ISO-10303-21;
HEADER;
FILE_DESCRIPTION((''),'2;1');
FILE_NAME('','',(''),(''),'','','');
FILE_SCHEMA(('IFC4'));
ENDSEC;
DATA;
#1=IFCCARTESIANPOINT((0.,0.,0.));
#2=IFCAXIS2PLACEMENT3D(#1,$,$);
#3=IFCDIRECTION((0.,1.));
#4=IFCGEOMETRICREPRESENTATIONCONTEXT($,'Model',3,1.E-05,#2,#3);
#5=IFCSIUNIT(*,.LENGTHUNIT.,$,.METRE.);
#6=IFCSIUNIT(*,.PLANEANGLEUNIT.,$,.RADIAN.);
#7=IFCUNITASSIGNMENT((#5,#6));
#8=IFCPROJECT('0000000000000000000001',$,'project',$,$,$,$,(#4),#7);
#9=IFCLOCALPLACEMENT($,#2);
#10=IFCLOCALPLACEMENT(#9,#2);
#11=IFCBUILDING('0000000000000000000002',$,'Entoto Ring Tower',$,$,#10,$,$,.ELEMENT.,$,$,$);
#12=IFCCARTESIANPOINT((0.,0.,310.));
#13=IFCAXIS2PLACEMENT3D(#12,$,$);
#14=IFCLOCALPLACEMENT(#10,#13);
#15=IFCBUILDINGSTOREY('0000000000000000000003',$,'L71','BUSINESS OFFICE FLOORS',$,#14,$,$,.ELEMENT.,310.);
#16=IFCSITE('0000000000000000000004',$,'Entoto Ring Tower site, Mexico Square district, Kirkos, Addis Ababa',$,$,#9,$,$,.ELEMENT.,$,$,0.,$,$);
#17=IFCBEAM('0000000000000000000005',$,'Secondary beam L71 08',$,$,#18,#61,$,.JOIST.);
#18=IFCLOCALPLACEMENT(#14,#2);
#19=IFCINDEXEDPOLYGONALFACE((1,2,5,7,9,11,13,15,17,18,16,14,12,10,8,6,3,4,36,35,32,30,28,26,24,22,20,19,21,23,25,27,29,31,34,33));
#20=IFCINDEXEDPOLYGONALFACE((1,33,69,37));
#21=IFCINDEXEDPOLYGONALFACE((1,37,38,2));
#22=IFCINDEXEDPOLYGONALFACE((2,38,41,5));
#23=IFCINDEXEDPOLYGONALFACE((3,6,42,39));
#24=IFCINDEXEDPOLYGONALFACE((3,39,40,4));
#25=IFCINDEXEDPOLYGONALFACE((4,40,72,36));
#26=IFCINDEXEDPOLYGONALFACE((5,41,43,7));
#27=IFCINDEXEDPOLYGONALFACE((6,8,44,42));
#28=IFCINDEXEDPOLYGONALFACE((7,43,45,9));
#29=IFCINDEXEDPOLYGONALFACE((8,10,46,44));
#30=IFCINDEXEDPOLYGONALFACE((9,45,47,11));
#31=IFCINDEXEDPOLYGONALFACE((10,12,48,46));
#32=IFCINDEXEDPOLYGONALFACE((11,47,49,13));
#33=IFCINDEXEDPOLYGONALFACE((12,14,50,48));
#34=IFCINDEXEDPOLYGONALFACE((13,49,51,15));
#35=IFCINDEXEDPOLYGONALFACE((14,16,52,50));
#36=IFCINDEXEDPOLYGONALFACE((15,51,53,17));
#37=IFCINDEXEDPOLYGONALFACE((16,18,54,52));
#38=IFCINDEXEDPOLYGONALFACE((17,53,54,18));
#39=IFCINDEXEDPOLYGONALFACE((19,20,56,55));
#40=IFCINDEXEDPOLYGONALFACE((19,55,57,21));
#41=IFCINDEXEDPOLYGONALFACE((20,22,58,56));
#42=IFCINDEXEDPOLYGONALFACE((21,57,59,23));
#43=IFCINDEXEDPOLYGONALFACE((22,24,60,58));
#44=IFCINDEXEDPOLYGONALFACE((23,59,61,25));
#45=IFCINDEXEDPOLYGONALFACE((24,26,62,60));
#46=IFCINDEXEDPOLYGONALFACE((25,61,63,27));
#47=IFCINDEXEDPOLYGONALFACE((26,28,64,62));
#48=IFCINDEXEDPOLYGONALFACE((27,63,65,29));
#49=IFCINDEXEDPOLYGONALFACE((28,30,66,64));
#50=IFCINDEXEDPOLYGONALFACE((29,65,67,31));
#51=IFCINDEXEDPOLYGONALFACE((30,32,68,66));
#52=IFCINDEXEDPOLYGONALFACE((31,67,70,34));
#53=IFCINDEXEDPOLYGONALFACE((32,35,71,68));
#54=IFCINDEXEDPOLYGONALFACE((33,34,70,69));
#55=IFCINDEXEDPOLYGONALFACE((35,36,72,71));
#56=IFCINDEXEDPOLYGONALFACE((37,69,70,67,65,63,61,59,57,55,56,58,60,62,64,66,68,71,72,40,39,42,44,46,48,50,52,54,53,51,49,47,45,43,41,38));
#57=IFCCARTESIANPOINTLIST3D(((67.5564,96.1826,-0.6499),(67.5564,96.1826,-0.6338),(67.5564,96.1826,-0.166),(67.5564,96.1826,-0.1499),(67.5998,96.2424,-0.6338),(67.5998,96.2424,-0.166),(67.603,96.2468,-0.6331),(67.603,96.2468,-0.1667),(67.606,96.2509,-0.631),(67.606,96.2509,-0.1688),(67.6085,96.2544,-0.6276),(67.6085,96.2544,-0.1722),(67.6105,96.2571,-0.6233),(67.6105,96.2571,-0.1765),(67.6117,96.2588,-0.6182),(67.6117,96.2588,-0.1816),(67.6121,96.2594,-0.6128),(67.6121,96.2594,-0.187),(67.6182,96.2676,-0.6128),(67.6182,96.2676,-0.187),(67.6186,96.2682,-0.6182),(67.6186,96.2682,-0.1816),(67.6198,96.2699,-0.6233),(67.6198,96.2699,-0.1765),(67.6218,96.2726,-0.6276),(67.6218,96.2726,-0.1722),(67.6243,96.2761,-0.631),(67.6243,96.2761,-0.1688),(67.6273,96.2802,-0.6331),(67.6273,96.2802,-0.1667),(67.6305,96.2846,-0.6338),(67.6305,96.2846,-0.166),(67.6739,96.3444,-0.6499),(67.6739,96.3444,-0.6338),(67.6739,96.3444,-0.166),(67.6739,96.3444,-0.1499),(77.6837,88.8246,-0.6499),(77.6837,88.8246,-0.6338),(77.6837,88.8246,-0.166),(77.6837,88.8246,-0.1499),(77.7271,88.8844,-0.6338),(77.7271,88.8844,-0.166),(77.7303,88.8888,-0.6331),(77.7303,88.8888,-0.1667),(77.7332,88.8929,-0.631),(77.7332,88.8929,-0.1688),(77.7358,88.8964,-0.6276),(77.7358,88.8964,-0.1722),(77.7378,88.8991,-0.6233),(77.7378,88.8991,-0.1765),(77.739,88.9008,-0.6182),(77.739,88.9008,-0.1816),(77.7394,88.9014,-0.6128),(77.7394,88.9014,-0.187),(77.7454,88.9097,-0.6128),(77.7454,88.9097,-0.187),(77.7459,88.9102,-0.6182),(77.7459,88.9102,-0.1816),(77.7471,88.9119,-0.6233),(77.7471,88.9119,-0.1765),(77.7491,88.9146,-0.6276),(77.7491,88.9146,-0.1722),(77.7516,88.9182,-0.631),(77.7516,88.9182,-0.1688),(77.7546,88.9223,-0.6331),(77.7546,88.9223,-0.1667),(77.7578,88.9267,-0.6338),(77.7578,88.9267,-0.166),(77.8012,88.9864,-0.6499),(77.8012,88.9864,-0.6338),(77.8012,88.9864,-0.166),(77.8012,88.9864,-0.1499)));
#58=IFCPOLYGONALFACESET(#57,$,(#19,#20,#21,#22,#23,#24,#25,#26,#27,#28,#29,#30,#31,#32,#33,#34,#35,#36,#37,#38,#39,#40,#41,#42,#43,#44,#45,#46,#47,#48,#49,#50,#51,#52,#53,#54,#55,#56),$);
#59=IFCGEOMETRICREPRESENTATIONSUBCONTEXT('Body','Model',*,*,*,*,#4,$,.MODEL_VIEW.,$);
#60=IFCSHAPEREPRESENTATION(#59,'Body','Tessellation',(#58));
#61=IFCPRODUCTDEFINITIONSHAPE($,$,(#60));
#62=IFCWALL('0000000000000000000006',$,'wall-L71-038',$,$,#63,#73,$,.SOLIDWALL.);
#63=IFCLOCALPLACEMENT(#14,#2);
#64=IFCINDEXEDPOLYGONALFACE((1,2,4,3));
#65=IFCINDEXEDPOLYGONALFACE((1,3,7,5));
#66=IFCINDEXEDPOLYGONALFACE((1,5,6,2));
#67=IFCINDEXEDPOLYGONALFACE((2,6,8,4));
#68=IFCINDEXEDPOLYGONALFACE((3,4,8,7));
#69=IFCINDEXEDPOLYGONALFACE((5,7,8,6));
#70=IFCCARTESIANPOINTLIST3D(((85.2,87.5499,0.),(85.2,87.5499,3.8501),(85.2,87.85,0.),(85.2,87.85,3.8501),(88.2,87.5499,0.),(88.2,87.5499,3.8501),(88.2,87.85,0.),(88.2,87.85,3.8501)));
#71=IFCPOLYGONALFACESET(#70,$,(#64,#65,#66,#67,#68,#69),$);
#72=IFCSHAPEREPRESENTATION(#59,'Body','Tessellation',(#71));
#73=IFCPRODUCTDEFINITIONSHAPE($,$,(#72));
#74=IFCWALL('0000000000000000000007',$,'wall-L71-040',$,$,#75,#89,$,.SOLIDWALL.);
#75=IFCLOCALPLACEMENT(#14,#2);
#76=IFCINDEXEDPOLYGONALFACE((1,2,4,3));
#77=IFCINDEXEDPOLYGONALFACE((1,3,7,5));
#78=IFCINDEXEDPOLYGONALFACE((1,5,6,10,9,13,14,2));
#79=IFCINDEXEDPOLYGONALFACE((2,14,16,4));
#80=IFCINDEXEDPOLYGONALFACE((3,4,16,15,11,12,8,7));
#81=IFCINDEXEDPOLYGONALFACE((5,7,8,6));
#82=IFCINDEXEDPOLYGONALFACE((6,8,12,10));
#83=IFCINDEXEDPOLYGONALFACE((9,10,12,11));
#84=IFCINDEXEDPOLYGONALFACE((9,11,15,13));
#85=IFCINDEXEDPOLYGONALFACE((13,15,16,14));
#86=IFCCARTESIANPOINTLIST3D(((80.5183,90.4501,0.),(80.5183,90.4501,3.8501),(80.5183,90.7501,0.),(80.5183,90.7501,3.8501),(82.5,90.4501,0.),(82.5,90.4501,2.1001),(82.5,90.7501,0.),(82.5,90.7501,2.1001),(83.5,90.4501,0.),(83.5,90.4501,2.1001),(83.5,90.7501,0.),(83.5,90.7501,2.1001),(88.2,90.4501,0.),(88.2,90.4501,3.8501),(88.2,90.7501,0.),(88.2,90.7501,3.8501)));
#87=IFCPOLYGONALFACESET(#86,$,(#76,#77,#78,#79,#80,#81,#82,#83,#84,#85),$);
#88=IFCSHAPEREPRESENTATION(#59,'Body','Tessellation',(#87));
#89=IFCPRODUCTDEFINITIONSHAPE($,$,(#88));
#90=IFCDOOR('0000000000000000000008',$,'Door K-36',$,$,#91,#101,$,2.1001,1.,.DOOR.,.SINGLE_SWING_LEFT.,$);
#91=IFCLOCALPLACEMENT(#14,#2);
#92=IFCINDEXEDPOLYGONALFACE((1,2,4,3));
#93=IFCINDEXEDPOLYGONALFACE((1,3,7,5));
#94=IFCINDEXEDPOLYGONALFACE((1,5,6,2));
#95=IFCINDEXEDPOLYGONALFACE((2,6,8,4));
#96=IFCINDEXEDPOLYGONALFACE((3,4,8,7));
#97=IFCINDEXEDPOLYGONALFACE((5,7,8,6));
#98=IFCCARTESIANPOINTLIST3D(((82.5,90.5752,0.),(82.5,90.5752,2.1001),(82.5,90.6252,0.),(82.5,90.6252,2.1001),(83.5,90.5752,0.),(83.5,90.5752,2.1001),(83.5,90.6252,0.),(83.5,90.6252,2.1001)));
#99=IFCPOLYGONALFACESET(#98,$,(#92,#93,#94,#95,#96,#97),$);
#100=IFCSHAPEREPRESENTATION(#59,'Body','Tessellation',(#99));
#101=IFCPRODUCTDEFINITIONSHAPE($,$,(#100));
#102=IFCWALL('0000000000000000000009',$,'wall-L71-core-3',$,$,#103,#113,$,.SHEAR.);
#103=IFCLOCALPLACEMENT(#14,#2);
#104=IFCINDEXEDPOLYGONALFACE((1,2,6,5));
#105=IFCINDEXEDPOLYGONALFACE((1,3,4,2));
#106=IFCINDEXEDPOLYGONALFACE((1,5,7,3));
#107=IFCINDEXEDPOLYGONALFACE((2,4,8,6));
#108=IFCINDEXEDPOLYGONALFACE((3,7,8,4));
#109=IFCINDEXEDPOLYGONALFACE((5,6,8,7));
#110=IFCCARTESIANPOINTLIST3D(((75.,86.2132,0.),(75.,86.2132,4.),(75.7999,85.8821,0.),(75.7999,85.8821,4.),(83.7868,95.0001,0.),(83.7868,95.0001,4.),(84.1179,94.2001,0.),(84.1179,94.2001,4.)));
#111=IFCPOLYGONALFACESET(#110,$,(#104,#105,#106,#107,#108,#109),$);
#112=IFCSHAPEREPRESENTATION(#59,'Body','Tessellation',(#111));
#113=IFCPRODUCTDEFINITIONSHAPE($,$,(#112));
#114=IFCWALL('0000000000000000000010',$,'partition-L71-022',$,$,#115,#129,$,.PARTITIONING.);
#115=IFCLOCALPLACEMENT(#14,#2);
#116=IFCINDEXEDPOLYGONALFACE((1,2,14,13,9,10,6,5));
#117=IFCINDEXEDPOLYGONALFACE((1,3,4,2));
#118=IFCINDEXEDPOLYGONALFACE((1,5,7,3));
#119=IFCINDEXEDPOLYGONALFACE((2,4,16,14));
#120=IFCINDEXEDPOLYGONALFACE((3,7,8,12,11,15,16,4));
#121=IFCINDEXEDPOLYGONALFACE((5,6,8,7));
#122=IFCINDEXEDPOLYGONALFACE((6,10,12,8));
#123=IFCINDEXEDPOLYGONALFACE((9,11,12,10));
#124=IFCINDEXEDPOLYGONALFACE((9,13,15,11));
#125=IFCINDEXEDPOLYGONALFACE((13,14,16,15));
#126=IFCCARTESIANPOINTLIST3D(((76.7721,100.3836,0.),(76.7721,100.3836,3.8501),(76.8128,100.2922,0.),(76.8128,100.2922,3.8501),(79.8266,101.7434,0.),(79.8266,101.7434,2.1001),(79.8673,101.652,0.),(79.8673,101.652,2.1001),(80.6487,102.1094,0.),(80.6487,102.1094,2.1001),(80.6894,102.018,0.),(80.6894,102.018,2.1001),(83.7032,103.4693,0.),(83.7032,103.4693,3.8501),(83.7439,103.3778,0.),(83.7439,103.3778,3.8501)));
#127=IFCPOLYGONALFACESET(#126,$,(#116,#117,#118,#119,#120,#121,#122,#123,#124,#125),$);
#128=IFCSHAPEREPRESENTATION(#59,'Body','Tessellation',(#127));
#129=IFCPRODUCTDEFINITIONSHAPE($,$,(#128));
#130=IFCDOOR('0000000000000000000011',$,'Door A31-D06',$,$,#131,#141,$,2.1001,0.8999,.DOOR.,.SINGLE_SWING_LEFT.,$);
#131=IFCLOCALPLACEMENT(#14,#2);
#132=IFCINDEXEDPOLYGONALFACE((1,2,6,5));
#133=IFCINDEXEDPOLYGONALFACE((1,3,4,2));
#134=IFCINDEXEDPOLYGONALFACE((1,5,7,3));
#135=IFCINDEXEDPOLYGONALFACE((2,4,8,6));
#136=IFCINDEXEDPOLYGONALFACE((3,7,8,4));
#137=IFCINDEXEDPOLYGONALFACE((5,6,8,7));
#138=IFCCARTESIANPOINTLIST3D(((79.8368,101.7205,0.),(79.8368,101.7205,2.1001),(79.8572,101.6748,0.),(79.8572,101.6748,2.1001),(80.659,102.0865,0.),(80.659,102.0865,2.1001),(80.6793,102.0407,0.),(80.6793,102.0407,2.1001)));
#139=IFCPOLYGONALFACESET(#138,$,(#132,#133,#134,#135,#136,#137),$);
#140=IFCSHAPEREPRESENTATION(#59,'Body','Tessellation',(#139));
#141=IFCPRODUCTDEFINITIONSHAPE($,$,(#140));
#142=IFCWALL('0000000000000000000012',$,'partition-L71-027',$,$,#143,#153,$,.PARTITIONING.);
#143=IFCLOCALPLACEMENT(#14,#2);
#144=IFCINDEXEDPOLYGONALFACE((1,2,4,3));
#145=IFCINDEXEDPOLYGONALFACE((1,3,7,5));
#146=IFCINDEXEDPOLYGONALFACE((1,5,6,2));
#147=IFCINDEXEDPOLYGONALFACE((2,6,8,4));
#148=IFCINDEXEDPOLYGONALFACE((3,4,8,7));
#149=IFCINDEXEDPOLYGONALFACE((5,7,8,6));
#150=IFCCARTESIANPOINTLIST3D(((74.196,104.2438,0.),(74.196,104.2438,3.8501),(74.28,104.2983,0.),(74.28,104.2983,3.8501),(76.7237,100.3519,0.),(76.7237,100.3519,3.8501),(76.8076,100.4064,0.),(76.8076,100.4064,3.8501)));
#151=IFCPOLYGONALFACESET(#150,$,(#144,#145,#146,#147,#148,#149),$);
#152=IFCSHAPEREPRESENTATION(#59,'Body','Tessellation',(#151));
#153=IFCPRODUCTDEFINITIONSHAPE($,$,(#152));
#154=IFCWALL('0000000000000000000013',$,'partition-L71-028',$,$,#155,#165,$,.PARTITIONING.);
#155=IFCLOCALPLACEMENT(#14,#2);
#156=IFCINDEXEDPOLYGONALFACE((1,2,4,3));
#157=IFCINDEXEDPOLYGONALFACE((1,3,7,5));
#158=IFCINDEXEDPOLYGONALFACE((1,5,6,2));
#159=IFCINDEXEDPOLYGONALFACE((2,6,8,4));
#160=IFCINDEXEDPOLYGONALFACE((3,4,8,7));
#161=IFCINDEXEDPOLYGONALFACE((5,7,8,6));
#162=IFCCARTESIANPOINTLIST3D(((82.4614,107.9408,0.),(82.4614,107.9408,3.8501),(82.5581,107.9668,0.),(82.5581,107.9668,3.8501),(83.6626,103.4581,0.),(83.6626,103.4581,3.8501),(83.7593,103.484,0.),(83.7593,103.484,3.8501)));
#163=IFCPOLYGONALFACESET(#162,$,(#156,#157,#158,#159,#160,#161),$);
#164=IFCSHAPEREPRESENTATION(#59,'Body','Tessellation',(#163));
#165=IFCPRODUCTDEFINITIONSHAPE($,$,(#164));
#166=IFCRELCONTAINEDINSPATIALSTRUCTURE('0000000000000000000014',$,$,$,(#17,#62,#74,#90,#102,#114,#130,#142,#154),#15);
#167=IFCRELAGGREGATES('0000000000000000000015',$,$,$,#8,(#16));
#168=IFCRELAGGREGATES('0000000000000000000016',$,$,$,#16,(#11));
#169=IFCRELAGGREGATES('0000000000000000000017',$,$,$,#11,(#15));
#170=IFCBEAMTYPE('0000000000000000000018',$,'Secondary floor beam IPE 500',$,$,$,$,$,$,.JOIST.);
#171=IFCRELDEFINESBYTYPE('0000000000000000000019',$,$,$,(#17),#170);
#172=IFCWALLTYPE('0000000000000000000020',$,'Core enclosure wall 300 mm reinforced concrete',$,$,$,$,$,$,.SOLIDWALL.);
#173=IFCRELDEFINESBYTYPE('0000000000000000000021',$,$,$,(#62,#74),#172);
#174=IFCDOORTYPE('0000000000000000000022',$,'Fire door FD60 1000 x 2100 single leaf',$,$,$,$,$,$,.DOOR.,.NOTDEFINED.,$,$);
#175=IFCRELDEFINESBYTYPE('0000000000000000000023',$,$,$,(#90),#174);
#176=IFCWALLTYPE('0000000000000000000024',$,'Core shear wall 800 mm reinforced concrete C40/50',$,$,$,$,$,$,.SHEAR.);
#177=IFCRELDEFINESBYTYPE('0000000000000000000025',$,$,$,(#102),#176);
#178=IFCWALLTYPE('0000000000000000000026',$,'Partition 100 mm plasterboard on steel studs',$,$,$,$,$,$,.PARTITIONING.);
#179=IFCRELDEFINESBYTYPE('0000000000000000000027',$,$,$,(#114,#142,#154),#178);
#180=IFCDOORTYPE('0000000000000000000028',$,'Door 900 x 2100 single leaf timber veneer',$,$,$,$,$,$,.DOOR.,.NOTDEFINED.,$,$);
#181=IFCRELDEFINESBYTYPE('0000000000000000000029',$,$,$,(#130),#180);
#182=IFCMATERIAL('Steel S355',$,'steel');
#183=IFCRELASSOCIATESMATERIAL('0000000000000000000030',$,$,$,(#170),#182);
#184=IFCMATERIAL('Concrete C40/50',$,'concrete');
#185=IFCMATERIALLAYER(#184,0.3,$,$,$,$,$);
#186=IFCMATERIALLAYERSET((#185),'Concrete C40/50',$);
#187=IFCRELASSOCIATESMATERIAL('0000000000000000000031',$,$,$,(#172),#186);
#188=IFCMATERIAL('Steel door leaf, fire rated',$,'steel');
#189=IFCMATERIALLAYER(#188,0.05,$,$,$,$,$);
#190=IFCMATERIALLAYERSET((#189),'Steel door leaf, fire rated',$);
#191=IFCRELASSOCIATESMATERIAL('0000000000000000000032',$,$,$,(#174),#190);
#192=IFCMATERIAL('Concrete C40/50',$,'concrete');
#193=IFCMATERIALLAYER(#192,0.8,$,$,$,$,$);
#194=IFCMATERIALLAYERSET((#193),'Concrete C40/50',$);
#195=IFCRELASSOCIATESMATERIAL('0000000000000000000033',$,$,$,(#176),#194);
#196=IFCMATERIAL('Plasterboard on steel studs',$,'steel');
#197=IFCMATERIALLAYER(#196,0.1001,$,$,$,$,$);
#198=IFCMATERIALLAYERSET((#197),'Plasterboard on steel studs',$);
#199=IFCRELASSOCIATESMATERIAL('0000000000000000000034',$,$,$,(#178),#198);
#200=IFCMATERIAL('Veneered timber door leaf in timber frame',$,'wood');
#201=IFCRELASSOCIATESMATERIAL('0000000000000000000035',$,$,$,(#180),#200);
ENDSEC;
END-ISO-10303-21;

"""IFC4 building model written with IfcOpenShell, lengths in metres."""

from ifc_helpers import new_model, si_unit, direction, frame, frame_2d, origin, origin_2d, place, context, subcontext, project, spatial, polyline, rectangle, i_section, outline, extrude, material, layer, layer_set, material_profile, profile_set, type_object, element, fill, save


model = new_model("IFC4")

# Units and contexts
model_context = context("Model", 3, precision=1e-05, world=origin(), true_north=direction((0.0, 1.0)))
body_context = subcontext(model_context, "Body", "Model", "MODEL_VIEW")
ifc_project = project(units=[si_unit("LENGTHUNIT", "METRE"), si_unit("PLANEANGLEUNIT", "RADIAN")], contexts=[model_context])

# Site, building, storey
site_placement = place(None, origin())
site = spatial("IfcSite", under=ifc_project, at=site_placement, Name="Entoto Ring Tower site, Mexico Square district, Kirkos, Addis Ababa", CompositionType="ELEMENT", RefElevation=0.0)
building_placement = place(site_placement, origin())
building = spatial("IfcBuilding", under=site, at=building_placement, Name="Entoto Ring Tower", CompositionType="ELEMENT")
storey_placement = place(building_placement, frame((0.0, 0.0, 310.0)))
storey = spatial("IfcBuildingStorey", under=building, at=storey_placement, Name="L71", Description="BUSINESS OFFICE FLOORS", CompositionType="ELEMENT", Elevation=310.0)

# Beam
ifc_material_1 = material(Name="Steel S355", Category="steel")
ifc_material_profile_1 = material_profile(ifc_material_1, i_section(OverallWidth=0.2, OverallDepth=0.5, WebThickness=0.0103, FlangeThickness=0.0161, FilletRadius=0.021, at=origin_2d()), Name="IPE 500")
ifc_profile_set_1 = profile_set([ifc_material_profile_1], Name="Steel S355")
beam_type_1 = type_object("IfcBeamType", Name="Secondary floor beam IPE 500", PredefinedType="JOIST", material=ifc_profile_set_1)
for number, where, z_axis, x_axis, name in (
    (1, (77.7424, 88.9055, -0.3999), (-0.809014, 0.587789, 0.0), (-0.587789, -0.809014, 0.0), "Secondary beam L71 08"),
):
    element("IfcBeam", number, at=place(storey_placement, frame(where, z_axis=z_axis, x_axis=x_axis)), inside=storey, type_object=beam_type_1, Name=name, PredefinedType="JOIST", context=body_context, shape_type="SweptSolid", body=[
        extrude(i_section(OverallWidth=0.2, OverallDepth=0.5, WebThickness=0.0103, FlangeThickness=0.0161, FilletRadius=0.021, at=origin_2d()), origin(), (0.0, 0.0, 1.0), 12.5181),
    ])

# Wall
ifc_material_2 = material(Name="Concrete C40/50", Category="concrete")
ifc_layer_1 = layer(ifc_material_2, 0.3)
ifc_layer_set_1 = layer_set([ifc_layer_1], Name="Concrete C40/50")
wall_type_1 = type_object("IfcWallType", Name="Core enclosure wall 300 mm reinforced concrete", PredefinedType="SOLIDWALL", material=ifc_layer_set_1)
wall_1_placement = place(storey_placement, frame((85.2, 87.7, 0.0), z_axis=(0.0, 0.0, 1.0), x_axis=(1.0, 0.0, 0.0)))
element("IfcWall", 2, at=wall_1_placement, inside=storey, type_object=wall_type_1, Name="wall-L71-038", PredefinedType="SOLIDWALL", context=body_context, shape_type="SweptSolid", body=[
    extrude(rectangle(XDim=3.0, YDim=0.3, at=frame_2d((1.5, 0.0))), origin(), (0.0, 0.0, 1.0), 3.8501),
])

# Wall, opening, door
wall_2_placement = place(storey_placement, frame((80.5183, 90.6001, 0.0), z_axis=(0.0, 0.0, 1.0), x_axis=(1.0, 0.0, 0.0)))
wall_2 = element("IfcWall", 3, at=wall_2_placement, inside=storey, type_object=wall_type_1, Name="wall-L71-040", PredefinedType="SOLIDWALL", context=body_context, shape_type="SweptSolid", body=[
    extrude(rectangle(XDim=7.6816, YDim=0.3, at=frame_2d((3.8408, 0.0))), origin(), (0.0, 0.0, 1.0), 3.8501),
])
opening_1_placement = place(wall_2_placement, frame((1.9817, 0.0, 0.0)))
opening_1 = element("IfcOpeningElement", 4, at=opening_1_placement, cuts=wall_2, PredefinedType="OPENING", context=body_context, shape_type="SweptSolid", body=[
    extrude(rectangle(XDim=1.0, YDim=2.1001, at=frame_2d((0.5, 1.05))), frame((0.0, 0.1602, 0.0), z_axis=(0.0, -1.0, 0.0), x_axis=(1.0, 0.0, 0.0)), (0.0, 0.0, 1.0), 0.3201),
])
ifc_material_3 = material(Name="Steel door leaf, fire rated", Category="steel")
ifc_layer_2 = layer(ifc_material_3, 0.05)
ifc_layer_set_2 = layer_set([ifc_layer_2], Name="Steel door leaf, fire rated")
door_type_1 = type_object("IfcDoorType", Name="Fire door FD60 1000 x 2100 single leaf", OperationType="NOTDEFINED", PredefinedType="DOOR", material=ifc_layer_set_2)
door_1_placement = place(opening_1_placement, frame((1.0, 0.0, 0.0), z_axis=(0.0, 0.0, 1.0), x_axis=(-1.0, 0.0, 0.0)))
door_1 = element("IfcDoor", 5, at=door_1_placement, inside=storey, type_object=door_type_1, Name="Door K-36", OperationType="SINGLE_SWING_LEFT", OverallHeight=2.1001, OverallWidth=1.0, PredefinedType="DOOR", context=body_context, shape_type="SweptSolid", body=[
    extrude(rectangle(XDim=1.0, YDim=2.1001, at=frame_2d((0.5, 1.05))), frame((0.0, 0.0249, 0.0), z_axis=(0.0, -1.0, 0.0), x_axis=(1.0, 0.0, 0.0)), (0.0, 0.0, 1.0), 0.05),
])
fill(opening_1, door_1)

# Wall
ifc_material_4 = material(Name="Concrete C40/50", Category="concrete")
ifc_layer_3 = layer(ifc_material_4, 0.8)
ifc_layer_set_3 = layer_set([ifc_layer_3], Name="Concrete C40/50")
wall_type_2 = type_object("IfcWallType", Name="Core shear wall 800 mm reinforced concrete C40/50", PredefinedType="SHEAR", material=ifc_layer_set_3)
wall_3_placement = place(storey_placement, frame((83.9524, 94.6001, 0.0), z_axis=(0.0, 0.0, 1.0), x_axis=(-0.707107, -0.707107, 0.0)))
element("IfcWall", 6, at=wall_3_placement, inside=storey, type_object=wall_type_2, Name="wall-L71-core-3", PredefinedType="SHEAR", context=body_context, shape_type="SweptSolid", body=[
    extrude(outline(polyline([(-0.1658, -0.3999), (12.2607, -0.3999), (11.9292, 0.3999), (0.1658, 0.3999), (-0.1658, -0.3999)])), origin(), (0.0, 0.0, 1.0), 4.0),
])

# Wall, opening, door
ifc_material_5 = material(Name="Plasterboard on steel studs", Category="steel")
ifc_layer_4 = layer(ifc_material_5, 0.1001)
ifc_layer_set_4 = layer_set([ifc_layer_4], Name="Plasterboard on steel studs")
wall_type_3 = type_object("IfcWallType", Name="Partition 100 mm plasterboard on steel studs", PredefinedType="PARTITIONING", material=ifc_layer_set_4)
wall_4_placement = place(storey_placement, frame((76.7925, 100.3379, 0.0), z_axis=(0.0, 0.0, 1.0), x_axis=(0.913558, 0.406709, 0.0)))
wall_4 = element("IfcWall", 7, at=wall_4_placement, inside=storey, type_object=wall_type_3, Name="partition-L71-022", PredefinedType="PARTITIONING", context=body_context, shape_type="SweptSolid", body=[
    extrude(rectangle(XDim=7.5869, YDim=0.1001, at=frame_2d((3.7935, 0.0))), origin(), (0.0, 0.0, 1.0), 3.8501),
])
opening_2_placement = place(wall_4_placement, frame((3.3435, 0.0, 0.0)))
opening_2 = element("IfcOpeningElement", 8, at=opening_2_placement, cuts=wall_4, PredefinedType="OPENING", context=body_context, shape_type="SweptSolid", body=[
    extrude(rectangle(XDim=0.8999, YDim=2.1001, at=frame_2d((0.45, 1.05))), frame((0.0, 0.0601, 0.0), z_axis=(0.0, -1.0, 0.0), x_axis=(1.0, 0.0, 0.0)), (0.0, 0.0, 1.0), 0.1201),
])
ifc_material_6 = material(Name="Veneered timber door leaf in timber frame", Category="wood")
door_type_2 = type_object("IfcDoorType", Name="Door 900 x 2100 single leaf timber veneer", OperationType="NOTDEFINED", PredefinedType="DOOR", material=ifc_material_6)
door_2_placement = place(opening_2_placement, origin())
door_2 = element("IfcDoor", 9, at=door_2_placement, inside=storey, type_object=door_type_2, Name="Door A31-D06", OperationType="SINGLE_SWING_LEFT", OverallHeight=2.1001, OverallWidth=0.8999, PredefinedType="DOOR", context=body_context, shape_type="SweptSolid", body=[
    extrude(rectangle(XDim=0.8999, YDim=2.1001, at=frame_2d((0.45, 1.05))), frame((0.0, 0.0249, 0.0), z_axis=(0.0, -1.0, 0.0), x_axis=(1.0, 0.0, 0.0)), (0.0, 0.0, 1.0), 0.05),
])
fill(opening_2, door_2)

# Walls
wall_5_placement = place(storey_placement, frame((76.7656, 100.3792, 0.0), z_axis=(0.0, 0.0, 1.0), x_axis=(-0.544668, 0.838651, 0.0)))
element("IfcWall", 10, at=wall_5_placement, inside=storey, type_object=wall_type_3, Name="partition-L71-027", PredefinedType="PARTITIONING", context=body_context, shape_type="SweptSolid", body=[
    extrude(rectangle(XDim=4.6406, YDim=0.1001, at=frame_2d((2.3203, 0.0))), origin(), (0.0, 0.0, 1.0), 3.8501),
])
wall_6_placement = place(storey_placement, frame((83.7109, 103.4712, 0.0), z_axis=(0.0, 0.0, 1.0), x_axis=(-0.258828, 0.965923, 0.0)))
element("IfcWall", 11, at=wall_6_placement, inside=storey, type_object=wall_type_3, Name="partition-L71-028", PredefinedType="PARTITIONING", context=body_context, shape_type="SweptSolid", body=[
    extrude(rectangle(XDim=4.6409, YDim=0.1001, at=frame_2d((2.3203, 0.0))), origin(), (0.0, 0.0, 1.0), 3.8501),
])

save(model, "model.ifc")
